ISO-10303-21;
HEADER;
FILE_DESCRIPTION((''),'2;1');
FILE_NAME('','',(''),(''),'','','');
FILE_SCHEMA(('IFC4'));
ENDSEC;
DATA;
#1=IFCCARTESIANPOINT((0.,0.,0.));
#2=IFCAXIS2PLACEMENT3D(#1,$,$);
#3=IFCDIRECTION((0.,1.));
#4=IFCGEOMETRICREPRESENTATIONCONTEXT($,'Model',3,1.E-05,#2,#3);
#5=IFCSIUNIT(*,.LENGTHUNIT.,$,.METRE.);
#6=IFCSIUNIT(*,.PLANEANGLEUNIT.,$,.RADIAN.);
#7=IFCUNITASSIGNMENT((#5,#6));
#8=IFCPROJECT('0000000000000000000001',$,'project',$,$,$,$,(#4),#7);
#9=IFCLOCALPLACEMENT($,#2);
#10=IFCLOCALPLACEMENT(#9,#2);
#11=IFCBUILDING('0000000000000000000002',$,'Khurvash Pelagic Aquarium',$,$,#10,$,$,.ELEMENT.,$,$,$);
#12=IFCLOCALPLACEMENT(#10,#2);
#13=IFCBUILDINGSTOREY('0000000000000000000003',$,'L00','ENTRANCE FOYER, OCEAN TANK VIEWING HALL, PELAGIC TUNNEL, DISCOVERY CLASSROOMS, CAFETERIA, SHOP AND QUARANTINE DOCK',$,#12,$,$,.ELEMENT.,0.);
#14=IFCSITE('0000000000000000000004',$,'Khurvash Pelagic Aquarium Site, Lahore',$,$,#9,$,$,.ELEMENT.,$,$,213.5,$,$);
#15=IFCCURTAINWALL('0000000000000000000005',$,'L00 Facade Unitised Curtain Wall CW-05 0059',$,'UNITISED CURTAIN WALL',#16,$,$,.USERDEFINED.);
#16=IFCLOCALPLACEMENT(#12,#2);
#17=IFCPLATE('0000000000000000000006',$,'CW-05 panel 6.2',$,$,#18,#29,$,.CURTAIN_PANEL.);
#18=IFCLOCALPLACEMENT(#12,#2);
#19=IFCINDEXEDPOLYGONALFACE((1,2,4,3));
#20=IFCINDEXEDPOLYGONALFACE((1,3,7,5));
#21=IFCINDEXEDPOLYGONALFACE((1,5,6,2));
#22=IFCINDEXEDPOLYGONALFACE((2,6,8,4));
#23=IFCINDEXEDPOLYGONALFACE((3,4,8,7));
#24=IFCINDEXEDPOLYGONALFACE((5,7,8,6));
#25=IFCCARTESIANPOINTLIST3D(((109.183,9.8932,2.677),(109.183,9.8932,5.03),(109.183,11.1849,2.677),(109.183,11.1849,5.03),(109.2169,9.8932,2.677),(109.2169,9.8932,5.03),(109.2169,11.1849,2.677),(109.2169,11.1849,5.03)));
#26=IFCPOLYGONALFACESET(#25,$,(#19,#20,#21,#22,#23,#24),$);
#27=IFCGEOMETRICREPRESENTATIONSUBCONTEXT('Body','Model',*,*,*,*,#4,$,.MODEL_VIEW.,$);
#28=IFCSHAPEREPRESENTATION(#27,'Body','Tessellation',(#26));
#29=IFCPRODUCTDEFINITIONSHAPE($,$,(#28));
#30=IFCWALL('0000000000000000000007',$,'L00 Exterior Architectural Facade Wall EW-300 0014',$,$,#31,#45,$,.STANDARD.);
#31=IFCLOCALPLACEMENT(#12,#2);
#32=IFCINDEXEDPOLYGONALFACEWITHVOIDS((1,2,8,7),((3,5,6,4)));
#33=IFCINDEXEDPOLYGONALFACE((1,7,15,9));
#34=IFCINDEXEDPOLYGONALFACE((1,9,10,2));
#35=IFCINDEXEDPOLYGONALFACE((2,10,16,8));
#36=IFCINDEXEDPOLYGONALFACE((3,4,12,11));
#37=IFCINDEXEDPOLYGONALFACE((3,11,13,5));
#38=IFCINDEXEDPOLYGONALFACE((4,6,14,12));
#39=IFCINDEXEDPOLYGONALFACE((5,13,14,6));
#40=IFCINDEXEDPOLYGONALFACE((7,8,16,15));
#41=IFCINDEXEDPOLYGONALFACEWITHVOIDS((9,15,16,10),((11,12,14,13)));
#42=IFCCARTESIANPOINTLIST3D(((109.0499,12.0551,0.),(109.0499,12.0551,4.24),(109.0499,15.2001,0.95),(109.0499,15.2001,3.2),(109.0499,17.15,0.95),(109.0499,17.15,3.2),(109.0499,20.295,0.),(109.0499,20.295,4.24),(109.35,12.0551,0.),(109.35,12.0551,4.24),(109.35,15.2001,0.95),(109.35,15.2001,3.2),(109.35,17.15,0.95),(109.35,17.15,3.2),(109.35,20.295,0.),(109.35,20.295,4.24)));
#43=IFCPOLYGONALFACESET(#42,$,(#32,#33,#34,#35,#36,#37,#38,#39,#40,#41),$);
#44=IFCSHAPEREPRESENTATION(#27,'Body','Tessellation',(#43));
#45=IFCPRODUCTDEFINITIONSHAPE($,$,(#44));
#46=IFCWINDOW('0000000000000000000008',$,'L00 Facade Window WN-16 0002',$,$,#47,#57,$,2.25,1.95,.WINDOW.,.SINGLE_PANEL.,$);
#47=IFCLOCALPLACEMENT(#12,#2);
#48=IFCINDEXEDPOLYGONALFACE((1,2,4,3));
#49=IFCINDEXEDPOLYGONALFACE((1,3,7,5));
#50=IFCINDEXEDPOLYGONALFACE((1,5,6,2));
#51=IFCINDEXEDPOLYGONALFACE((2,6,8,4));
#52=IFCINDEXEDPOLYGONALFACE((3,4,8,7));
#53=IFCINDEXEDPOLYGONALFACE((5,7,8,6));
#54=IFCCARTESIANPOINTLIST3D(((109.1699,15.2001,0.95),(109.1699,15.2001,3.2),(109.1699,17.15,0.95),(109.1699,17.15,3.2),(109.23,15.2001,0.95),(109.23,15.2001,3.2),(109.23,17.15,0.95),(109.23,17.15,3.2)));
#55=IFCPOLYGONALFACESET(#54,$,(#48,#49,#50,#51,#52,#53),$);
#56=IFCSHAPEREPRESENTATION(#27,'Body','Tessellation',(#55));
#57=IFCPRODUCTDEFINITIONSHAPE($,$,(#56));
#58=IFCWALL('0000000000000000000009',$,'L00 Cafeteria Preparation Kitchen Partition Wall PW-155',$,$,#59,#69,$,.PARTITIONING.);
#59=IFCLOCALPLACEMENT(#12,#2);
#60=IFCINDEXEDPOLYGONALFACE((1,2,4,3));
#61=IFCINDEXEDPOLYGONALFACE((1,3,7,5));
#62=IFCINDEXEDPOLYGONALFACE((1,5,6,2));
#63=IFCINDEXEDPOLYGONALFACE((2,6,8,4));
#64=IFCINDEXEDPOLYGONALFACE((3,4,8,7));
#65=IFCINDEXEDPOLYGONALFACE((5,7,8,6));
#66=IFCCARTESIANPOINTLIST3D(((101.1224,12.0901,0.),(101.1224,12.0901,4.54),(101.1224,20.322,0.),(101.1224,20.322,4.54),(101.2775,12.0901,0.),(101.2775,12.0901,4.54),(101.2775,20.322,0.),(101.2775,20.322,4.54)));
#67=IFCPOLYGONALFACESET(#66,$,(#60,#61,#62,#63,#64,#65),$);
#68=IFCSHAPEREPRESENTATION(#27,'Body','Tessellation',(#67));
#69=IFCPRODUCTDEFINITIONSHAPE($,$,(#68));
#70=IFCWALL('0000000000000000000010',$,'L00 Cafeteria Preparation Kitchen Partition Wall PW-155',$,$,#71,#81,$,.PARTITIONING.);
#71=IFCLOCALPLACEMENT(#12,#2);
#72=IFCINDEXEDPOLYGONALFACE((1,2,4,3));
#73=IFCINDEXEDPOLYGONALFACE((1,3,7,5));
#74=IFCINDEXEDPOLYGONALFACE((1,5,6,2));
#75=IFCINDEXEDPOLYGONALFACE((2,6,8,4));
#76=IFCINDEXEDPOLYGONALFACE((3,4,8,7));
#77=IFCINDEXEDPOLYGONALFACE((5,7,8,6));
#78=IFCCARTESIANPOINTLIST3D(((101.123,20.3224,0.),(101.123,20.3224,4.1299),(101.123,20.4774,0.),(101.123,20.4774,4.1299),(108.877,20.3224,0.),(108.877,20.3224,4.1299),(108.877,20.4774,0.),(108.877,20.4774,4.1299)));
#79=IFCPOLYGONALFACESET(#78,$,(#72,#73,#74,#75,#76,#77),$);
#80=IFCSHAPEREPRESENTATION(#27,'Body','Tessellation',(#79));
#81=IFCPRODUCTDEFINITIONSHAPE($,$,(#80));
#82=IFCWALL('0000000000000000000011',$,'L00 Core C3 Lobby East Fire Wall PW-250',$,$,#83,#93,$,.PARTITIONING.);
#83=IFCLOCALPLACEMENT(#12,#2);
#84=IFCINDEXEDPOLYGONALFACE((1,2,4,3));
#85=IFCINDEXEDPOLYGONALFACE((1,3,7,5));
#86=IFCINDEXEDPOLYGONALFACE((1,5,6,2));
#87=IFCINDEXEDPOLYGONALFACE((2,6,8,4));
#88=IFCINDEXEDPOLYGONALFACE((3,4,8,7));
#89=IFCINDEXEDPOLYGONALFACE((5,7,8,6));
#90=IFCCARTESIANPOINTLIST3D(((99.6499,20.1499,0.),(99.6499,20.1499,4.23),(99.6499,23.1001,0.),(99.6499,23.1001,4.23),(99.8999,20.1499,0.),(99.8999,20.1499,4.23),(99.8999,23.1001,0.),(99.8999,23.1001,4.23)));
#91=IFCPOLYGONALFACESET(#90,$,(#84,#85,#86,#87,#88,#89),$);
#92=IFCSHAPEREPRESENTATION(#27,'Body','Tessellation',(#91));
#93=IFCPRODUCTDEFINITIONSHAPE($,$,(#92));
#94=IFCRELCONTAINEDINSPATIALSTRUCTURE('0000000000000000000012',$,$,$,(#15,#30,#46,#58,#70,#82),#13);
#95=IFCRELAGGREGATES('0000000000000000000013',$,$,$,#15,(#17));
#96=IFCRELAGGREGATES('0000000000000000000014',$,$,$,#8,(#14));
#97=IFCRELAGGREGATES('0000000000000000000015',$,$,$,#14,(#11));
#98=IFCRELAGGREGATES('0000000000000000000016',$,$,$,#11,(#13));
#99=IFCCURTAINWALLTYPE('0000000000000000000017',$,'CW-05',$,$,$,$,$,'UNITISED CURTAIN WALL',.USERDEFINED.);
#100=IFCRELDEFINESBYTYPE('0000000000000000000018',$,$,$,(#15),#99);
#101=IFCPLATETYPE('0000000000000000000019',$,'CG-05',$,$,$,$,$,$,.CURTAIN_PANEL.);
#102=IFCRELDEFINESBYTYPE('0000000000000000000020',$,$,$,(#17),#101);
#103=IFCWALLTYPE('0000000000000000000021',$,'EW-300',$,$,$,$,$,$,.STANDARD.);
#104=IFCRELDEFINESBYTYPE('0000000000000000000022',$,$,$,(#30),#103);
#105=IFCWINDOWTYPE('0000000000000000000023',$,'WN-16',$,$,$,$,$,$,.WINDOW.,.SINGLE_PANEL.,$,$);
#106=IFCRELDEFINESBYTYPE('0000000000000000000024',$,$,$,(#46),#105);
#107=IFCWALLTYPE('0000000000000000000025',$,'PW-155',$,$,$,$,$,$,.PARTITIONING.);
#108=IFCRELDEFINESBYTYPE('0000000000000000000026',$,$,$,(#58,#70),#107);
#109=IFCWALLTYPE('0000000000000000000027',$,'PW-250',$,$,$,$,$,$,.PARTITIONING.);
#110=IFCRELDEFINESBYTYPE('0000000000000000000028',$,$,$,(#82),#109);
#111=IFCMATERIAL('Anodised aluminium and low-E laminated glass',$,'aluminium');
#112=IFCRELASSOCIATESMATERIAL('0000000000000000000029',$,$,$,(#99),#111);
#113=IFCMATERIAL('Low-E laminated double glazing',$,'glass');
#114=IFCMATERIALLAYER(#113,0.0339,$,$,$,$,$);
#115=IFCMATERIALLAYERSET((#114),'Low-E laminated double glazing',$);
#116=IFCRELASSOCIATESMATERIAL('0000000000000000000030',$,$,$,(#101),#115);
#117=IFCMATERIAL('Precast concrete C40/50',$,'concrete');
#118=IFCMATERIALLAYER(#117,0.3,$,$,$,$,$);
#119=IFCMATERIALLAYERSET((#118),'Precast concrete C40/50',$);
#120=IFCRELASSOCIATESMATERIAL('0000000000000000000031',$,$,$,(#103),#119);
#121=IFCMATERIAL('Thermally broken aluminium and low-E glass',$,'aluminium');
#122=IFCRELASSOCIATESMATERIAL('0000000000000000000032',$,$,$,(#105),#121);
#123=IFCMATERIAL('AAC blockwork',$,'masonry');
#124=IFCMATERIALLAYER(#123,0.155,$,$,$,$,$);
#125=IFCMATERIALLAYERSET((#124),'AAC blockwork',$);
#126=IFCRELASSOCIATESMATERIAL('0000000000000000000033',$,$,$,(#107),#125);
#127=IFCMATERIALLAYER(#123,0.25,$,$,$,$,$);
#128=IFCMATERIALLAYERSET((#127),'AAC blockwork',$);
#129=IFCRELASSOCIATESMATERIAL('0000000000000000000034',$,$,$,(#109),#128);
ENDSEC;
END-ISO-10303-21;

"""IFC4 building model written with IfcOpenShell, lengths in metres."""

from ifc_helpers import new_model, si_unit, direction, frame, frame_2d, origin, origin_2d, place, context, subcontext, project, spatial, rectangle, extrude, material, layer, layer_set, type_object, element, fill, aggregate, save


model = new_model("IFC4")

# Units and contexts
model_context = context("Model", 3, precision=1e-05, world=origin(), true_north=direction((0.0, 1.0)))
body_context = subcontext(model_context, "Body", "Model", "MODEL_VIEW")
ifc_project = project(units=[si_unit("LENGTHUNIT", "METRE"), si_unit("PLANEANGLEUNIT", "RADIAN")], contexts=[model_context])

# Site, building, storey
site_placement = place(None, origin())
site = spatial("IfcSite", under=ifc_project, at=site_placement, Name="Khurvash Pelagic Aquarium Site, Lahore", CompositionType="ELEMENT", RefElevation=213.5)
building_placement = place(site_placement, origin())
building = spatial("IfcBuilding", under=site, at=building_placement, Name="Khurvash Pelagic Aquarium", CompositionType="ELEMENT")
storey_placement = place(building_placement, origin())
storey = spatial("IfcBuildingStorey", under=building, at=storey_placement, Name="L00", Description="ENTRANCE FOYER, OCEAN TANK VIEWING HALL, PELAGIC TUNNEL, DISCOVERY CLASSROOMS, CAFETERIA, SHOP AND QUARANTINE DOCK", CompositionType="ELEMENT", Elevation=0.0)

# Curtain wall
ifc_material_1 = material(Name="Anodised aluminium and low-E laminated glass", Category="aluminium")
curtain_wall_type = type_object("IfcCurtainWallType", Name="CW-05", ElementType="UNITISED CURTAIN WALL", PredefinedType="USERDEFINED", material=ifc_material_1)
curtain_wall_placement = place(storey_placement, origin())
curtain_wall = element("IfcCurtainWall", 1, at=curtain_wall_placement, inside=storey, type_object=curtain_wall_type, Name="L00 Facade Unitised Curtain Wall CW-05 0059", ObjectType="UNITISED CURTAIN WALL", PredefinedType="USERDEFINED")

# Plate
ifc_material_2 = material(Name="Low-E laminated double glazing", Category="glass")
ifc_layer_1 = layer(ifc_material_2, 0.0339)
ifc_layer_set_1 = layer_set([ifc_layer_1], Name="Low-E laminated double glazing")
plate_type = type_object("IfcPlateType", Name="CG-05", PredefinedType="CURTAIN_PANEL", material=ifc_layer_set_1)
plate_1_placement = place(storey_placement, frame((109.2, 10.5391, 2.677), z_axis=(0.0, 0.0, 1.0), x_axis=(0.0, 1.0, 0.0)))
plate_1 = element("IfcPlate", 2, at=plate_1_placement, type_object=plate_type, Name="CW-05 panel 6.2", PredefinedType="CURTAIN_PANEL", context=body_context, shape_type="SweptSolid", body=[
    extrude(rectangle(XDim=1.2917, YDim=0.0339, at=origin_2d()), origin(), (0.0, 0.0, 1.0), 2.353),
])
aggregate(curtain_wall, [plate_1])

# Wall, opening, window
ifc_material_3 = material(Name="Precast concrete C40/50", Category="concrete")
ifc_layer_2 = layer(ifc_material_3, 0.3)
ifc_layer_set_2 = layer_set([ifc_layer_2], Name="Precast concrete C40/50")
wall_type_1 = type_object("IfcWallType", Name="EW-300", PredefinedType="STANDARD", material=ifc_layer_set_2)
wall_1_placement = place(storey_placement, frame((109.2, 12.0549, 0.0), z_axis=(0.0, 0.0, 1.0), x_axis=(0.0, 1.0, 0.0)))
wall_1 = element("IfcWall", 3, at=wall_1_placement, inside=storey, type_object=wall_type_1, Name="L00 Exterior Architectural Facade Wall EW-300 0014", PredefinedType="STANDARD", context=body_context, shape_type="SweptSolid", body=[
    extrude(rectangle(XDim=8.24, YDim=0.3, at=frame_2d((4.1201, 0.0))), origin(), (0.0, 0.0, 1.0), 4.24),
])
opening_placement = place(wall_1_placement, frame((3.145, 0.0, 0.95)))
opening = element("IfcOpeningElement", 4, at=opening_placement, cuts=wall_1, PredefinedType="OPENING", context=body_context, shape_type="SweptSolid", body=[
    extrude(rectangle(XDim=1.95, YDim=2.25, at=frame_2d((0.9751, 1.125))), frame((0.0, 0.1602, 0.0), z_axis=(0.0, -1.0, 0.0), x_axis=(1.0, 0.0, 0.0)), (0.0, 0.0, 1.0), 0.3201),
])
ifc_material_4 = material(Name="Thermally broken aluminium and low-E glass", Category="aluminium")
window_type = type_object("IfcWindowType", Name="WN-16", PartitioningType="SINGLE_PANEL", PredefinedType="WINDOW", material=ifc_material_4)
window_placement = place(opening_placement, origin())
window = element("IfcWindow", 5, at=window_placement, inside=storey, type_object=window_type, Name="L00 Facade Window WN-16 0002", OverallHeight=2.25, OverallWidth=1.95, PartitioningType="SINGLE_PANEL", PredefinedType="WINDOW", context=body_context, shape_type="SweptSolid", body=[
    extrude(rectangle(XDim=1.95, YDim=2.25, at=frame_2d((0.9751, 1.125))), frame((0.0, 0.03, 0.0), z_axis=(0.0, -1.0, 0.0), x_axis=(1.0, 0.0, 0.0)), (0.0, 0.0, 1.0), 0.0601),
])
fill(opening, window)

# Walls
ifc_material_5 = material(Name="AAC blockwork", Category="masonry")
ifc_layer_3 = layer(ifc_material_5, 0.155)
ifc_layer_set_3 = layer_set([ifc_layer_3], Name="AAC blockwork")
wall_type_2 = type_object("IfcWallType", Name="PW-155", PredefinedType="PARTITIONING", material=ifc_layer_set_3)
wall_2_placement = place(storey_placement, frame((101.2, 12.0901, 0.0), z_axis=(0.0, 0.0, 1.0), x_axis=(0.0, 1.0, 0.0)))
element("IfcWall", 6, at=wall_2_placement, inside=storey, type_object=wall_type_2, Name="L00 Cafeteria Preparation Kitchen Partition Wall PW-155", PredefinedType="PARTITIONING", context=body_context, shape_type="SweptSolid", body=[
    extrude(rectangle(XDim=8.2319, YDim=0.155, at=frame_2d((4.116, 0.0))), origin(), (0.0, 0.0, 1.0), 4.54),
])
wall_3_placement = place(storey_placement, frame((101.123, 20.3999, 0.0), z_axis=(0.0, 0.0, 1.0), x_axis=(1.0, 0.0, 0.0)))
element("IfcWall", 7, at=wall_3_placement, inside=storey, type_object=wall_type_2, Name="L00 Cafeteria Preparation Kitchen Partition Wall PW-155", PredefinedType="PARTITIONING", context=body_context, shape_type="SweptSolid", body=[
    extrude(rectangle(XDim=7.7539, YDim=0.155, at=frame_2d((3.877, 0.0))), origin(), (0.0, 0.0, 1.0), 4.1299),
])
ifc_layer_4 = layer(ifc_material_5, 0.25)
ifc_layer_set_4 = layer_set([ifc_layer_4], Name="AAC blockwork")
wall_type_3 = type_object("IfcWallType", Name="PW-250", PredefinedType="PARTITIONING", material=ifc_layer_set_4)
wall_4_placement = place(storey_placement, frame((99.7749, 20.1499, 0.0), z_axis=(0.0, 0.0, 1.0), x_axis=(0.0, 1.0, 0.0)))
element("IfcWall", 8, at=wall_4_placement, inside=storey, type_object=wall_type_3, Name="L00 Core C3 Lobby East Fire Wall PW-250", PredefinedType="PARTITIONING", context=body_context, shape_type="SweptSolid", body=[
    extrude(rectangle(XDim=2.9502, YDim=0.25, at=frame_2d((1.4751, 0.0))), origin(), (0.0, 0.0, 1.0), 4.23),
])

save(model, "model.ifc")
